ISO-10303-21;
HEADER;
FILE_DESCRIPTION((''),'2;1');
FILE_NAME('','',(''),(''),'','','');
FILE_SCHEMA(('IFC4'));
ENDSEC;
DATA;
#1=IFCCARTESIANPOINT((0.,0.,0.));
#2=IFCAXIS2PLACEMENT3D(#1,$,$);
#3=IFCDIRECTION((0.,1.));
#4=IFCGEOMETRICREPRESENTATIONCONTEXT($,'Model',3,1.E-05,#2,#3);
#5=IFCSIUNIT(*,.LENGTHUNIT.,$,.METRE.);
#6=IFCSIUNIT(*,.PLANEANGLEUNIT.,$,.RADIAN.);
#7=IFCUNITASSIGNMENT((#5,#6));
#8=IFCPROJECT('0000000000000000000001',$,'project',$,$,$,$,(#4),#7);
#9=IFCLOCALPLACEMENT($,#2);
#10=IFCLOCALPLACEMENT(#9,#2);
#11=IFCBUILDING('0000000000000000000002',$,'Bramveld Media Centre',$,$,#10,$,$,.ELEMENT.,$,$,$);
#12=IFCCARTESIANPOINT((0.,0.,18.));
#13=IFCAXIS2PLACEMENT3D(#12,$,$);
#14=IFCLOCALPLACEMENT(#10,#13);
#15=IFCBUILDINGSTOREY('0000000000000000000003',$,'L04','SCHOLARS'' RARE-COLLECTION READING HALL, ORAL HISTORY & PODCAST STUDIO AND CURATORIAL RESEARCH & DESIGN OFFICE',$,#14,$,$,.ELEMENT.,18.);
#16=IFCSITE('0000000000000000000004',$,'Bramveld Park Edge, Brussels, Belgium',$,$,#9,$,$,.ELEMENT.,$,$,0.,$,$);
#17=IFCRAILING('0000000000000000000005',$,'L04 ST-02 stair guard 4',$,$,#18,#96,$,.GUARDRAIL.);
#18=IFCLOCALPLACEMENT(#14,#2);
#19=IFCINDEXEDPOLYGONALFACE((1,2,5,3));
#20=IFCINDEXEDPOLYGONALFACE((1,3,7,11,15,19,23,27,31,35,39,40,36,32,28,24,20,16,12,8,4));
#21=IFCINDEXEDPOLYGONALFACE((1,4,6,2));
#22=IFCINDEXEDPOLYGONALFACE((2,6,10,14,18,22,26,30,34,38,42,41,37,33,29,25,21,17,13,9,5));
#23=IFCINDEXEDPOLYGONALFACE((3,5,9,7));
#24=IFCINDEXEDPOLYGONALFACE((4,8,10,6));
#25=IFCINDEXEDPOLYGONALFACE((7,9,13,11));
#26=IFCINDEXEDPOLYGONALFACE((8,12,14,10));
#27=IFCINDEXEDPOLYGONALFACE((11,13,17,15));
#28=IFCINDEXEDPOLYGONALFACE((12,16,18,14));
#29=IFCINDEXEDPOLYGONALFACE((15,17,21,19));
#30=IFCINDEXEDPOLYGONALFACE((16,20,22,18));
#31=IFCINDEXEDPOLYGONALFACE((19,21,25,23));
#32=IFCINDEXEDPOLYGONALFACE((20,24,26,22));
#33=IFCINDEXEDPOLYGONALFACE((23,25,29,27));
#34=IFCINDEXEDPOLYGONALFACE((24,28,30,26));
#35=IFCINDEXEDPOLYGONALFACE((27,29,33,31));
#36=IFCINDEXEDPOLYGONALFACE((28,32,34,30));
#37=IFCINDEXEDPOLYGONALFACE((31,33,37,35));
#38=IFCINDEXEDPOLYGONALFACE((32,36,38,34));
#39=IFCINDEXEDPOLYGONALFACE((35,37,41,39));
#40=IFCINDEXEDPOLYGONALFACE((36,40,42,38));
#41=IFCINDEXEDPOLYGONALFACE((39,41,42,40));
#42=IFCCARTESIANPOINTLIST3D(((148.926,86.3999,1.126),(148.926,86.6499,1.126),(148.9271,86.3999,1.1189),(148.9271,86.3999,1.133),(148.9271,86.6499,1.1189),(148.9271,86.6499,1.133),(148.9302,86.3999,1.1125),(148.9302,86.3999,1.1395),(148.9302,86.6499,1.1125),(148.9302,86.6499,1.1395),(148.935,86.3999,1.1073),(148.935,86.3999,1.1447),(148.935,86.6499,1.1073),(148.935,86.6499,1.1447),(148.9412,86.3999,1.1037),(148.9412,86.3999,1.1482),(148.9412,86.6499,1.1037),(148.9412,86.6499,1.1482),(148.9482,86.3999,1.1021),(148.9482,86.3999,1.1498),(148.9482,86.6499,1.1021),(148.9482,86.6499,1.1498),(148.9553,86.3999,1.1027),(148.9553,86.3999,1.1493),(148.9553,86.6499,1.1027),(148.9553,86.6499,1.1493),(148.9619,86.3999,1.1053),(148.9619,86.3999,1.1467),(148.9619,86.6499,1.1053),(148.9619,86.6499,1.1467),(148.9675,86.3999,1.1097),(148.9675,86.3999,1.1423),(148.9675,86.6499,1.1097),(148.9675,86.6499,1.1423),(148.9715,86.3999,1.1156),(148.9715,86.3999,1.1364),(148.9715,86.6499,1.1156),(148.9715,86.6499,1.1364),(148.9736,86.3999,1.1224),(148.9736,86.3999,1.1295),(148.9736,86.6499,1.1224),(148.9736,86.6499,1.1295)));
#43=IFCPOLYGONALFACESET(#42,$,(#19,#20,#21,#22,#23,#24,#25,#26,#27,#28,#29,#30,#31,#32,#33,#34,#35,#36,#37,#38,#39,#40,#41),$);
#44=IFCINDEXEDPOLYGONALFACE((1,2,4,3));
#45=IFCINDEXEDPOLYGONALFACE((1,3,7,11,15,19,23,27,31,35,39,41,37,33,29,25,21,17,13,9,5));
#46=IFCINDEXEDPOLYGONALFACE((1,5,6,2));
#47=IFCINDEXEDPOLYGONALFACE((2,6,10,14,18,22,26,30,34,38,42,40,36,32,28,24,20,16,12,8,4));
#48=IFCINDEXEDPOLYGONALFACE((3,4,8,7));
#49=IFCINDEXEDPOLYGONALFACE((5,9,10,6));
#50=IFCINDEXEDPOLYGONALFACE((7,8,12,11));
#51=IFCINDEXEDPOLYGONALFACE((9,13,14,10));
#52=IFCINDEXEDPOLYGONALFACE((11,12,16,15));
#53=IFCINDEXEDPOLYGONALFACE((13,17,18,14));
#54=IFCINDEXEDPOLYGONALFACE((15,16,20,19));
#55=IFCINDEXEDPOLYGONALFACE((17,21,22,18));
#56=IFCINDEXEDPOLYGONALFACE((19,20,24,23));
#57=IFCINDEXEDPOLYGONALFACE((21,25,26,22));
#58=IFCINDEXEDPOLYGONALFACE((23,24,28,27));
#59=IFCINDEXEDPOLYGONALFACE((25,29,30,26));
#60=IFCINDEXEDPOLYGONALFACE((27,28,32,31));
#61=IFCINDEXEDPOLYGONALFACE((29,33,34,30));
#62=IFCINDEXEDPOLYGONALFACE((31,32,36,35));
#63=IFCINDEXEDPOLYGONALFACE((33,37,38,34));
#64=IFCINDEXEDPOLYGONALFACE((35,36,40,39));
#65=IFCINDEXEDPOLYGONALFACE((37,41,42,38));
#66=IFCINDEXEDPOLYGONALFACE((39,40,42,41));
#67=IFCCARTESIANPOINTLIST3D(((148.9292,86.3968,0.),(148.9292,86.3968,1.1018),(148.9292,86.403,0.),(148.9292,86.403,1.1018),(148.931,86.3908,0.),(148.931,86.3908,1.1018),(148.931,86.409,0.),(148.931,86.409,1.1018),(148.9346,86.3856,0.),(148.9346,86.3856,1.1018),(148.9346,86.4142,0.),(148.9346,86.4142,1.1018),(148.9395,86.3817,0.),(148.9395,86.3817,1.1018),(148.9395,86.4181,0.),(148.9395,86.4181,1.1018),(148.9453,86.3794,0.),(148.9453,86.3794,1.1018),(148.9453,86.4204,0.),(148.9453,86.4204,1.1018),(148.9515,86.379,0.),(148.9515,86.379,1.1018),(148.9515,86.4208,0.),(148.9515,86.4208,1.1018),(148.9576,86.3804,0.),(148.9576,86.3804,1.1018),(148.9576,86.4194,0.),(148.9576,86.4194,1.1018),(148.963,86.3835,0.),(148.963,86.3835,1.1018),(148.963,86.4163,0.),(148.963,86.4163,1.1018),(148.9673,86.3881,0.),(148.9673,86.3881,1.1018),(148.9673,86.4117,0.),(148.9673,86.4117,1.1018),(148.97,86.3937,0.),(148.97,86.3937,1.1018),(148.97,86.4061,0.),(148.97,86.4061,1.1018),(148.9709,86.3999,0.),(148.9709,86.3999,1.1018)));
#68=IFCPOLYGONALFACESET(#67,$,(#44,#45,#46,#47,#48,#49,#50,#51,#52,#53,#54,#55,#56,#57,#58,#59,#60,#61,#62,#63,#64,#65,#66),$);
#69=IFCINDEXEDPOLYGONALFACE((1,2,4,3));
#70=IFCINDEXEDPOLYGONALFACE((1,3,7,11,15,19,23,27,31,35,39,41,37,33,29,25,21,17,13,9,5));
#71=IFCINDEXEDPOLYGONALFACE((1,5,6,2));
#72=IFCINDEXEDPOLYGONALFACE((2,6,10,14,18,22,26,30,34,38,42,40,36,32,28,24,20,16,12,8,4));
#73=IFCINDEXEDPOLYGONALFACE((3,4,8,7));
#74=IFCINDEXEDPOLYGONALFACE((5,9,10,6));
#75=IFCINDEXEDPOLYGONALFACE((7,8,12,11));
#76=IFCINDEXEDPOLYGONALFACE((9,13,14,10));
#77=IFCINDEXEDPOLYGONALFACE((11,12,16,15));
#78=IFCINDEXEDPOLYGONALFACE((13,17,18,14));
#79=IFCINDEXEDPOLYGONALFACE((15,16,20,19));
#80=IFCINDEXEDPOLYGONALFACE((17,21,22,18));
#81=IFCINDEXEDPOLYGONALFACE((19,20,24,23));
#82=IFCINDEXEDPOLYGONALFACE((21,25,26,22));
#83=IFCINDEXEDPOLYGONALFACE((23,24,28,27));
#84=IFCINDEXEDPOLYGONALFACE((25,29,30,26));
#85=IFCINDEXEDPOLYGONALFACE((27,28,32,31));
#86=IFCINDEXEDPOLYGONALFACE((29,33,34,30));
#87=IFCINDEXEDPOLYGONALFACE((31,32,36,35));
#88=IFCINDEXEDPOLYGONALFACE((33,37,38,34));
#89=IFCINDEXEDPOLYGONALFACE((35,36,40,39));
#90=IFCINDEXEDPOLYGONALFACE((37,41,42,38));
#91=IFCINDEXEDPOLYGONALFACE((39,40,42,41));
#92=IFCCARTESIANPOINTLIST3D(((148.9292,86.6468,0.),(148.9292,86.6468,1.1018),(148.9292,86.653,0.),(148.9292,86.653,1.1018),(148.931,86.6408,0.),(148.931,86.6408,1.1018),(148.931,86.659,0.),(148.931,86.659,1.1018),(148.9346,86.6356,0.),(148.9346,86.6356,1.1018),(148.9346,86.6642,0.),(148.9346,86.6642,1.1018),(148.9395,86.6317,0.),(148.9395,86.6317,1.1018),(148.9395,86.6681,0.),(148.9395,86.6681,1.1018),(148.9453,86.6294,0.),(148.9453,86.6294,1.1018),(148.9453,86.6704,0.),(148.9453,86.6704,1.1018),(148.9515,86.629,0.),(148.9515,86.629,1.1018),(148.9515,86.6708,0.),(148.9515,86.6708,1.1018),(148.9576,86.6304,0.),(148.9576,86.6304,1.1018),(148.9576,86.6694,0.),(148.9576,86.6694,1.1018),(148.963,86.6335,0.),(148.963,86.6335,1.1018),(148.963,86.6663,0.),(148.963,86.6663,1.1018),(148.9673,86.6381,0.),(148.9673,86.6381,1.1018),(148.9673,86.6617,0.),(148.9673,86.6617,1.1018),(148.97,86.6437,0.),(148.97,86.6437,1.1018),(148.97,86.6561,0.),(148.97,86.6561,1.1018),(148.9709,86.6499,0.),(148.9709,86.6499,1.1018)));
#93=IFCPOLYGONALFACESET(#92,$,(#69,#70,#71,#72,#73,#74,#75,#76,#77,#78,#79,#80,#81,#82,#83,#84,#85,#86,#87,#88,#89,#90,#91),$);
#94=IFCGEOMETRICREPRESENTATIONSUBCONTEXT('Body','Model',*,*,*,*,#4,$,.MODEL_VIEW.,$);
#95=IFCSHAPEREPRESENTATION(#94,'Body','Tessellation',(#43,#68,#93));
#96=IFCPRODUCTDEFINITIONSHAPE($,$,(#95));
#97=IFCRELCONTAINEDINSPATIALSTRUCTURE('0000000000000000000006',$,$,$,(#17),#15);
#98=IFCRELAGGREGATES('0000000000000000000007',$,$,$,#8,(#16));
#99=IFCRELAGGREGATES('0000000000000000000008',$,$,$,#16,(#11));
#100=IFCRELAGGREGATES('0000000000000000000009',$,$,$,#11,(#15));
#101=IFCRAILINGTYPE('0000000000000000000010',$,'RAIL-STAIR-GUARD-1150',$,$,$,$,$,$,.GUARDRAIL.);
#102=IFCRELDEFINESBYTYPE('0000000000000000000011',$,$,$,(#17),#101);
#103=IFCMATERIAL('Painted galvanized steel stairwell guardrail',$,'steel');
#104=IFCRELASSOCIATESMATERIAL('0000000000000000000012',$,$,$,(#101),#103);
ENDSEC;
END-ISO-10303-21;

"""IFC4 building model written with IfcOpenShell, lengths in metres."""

from ifc_helpers import new_model, si_unit, direction, frame, origin, origin_2d, place, context, subcontext, project, spatial, circle, extrude, material, type_object, element, save


model = new_model("IFC4")

# Units and contexts
model_context = context("Model", 3, precision=1e-05, world=origin(), true_north=direction((0.0, 1.0)))
body_context = subcontext(model_context, "Body", "Model", "MODEL_VIEW")
ifc_project = project(units=[si_unit("LENGTHUNIT", "METRE"), si_unit("PLANEANGLEUNIT", "RADIAN")], contexts=[model_context])

# Site, building, storey
site_placement = place(None, origin())
site = spatial("IfcSite", under=ifc_project, at=site_placement, Name="Bramveld Park Edge, Brussels, Belgium", CompositionType="ELEMENT", RefElevation=0.0)
building_placement = place(site_placement, origin())
building = spatial("IfcBuilding", under=site, at=building_placement, Name="Bramveld Media Centre", CompositionType="ELEMENT")
storey_placement = place(building_placement, frame((0.0, 0.0, 18.0)))
storey = spatial("IfcBuildingStorey", under=building, at=storey_placement, Name="L04", Description="SCHOLARS' RARE-COLLECTION READING HALL, ORAL HISTORY & PODCAST STUDIO AND CURATORIAL RESEARCH & DESIGN OFFICE", CompositionType="ELEMENT", Elevation=18.0)

# Railing
ifc_material_1 = material(Name="Painted galvanized steel stairwell guardrail", Category="steel")
railing_type_1 = type_object("IfcRailingType", Name="RAIL-STAIR-GUARD-1150", PredefinedType="GUARDRAIL", material=ifc_material_1)
railing_1_placement = place(storey_placement, frame((148.95, 86.3999, 0.0)))
element("IfcRailing", 1, at=railing_1_placement, inside=storey, type_object=railing_type_1, Name="L04 ST-02 stair guard 4", PredefinedType="GUARDRAIL", context=body_context, shape_type="SweptSolid", body=[
    extrude(circle(Radius=0.0239, at=origin_2d()), frame((0.0, 0.0, 1.126), z_axis=(0.0, 1.0, 0.0), x_axis=(-1.0, 0.0, 0.0)), (0.0, 0.0, 1.0), 0.25),
    extrude(circle(Radius=0.021, at=origin_2d()), origin(), (0.0, 0.0, 1.0), 1.1018),
    extrude(circle(Radius=0.021, at=origin_2d()), frame((0.0, 0.25, 0.0)), (0.0, 0.0, 1.0), 1.1018),
])

save(model, "model.ifc")
